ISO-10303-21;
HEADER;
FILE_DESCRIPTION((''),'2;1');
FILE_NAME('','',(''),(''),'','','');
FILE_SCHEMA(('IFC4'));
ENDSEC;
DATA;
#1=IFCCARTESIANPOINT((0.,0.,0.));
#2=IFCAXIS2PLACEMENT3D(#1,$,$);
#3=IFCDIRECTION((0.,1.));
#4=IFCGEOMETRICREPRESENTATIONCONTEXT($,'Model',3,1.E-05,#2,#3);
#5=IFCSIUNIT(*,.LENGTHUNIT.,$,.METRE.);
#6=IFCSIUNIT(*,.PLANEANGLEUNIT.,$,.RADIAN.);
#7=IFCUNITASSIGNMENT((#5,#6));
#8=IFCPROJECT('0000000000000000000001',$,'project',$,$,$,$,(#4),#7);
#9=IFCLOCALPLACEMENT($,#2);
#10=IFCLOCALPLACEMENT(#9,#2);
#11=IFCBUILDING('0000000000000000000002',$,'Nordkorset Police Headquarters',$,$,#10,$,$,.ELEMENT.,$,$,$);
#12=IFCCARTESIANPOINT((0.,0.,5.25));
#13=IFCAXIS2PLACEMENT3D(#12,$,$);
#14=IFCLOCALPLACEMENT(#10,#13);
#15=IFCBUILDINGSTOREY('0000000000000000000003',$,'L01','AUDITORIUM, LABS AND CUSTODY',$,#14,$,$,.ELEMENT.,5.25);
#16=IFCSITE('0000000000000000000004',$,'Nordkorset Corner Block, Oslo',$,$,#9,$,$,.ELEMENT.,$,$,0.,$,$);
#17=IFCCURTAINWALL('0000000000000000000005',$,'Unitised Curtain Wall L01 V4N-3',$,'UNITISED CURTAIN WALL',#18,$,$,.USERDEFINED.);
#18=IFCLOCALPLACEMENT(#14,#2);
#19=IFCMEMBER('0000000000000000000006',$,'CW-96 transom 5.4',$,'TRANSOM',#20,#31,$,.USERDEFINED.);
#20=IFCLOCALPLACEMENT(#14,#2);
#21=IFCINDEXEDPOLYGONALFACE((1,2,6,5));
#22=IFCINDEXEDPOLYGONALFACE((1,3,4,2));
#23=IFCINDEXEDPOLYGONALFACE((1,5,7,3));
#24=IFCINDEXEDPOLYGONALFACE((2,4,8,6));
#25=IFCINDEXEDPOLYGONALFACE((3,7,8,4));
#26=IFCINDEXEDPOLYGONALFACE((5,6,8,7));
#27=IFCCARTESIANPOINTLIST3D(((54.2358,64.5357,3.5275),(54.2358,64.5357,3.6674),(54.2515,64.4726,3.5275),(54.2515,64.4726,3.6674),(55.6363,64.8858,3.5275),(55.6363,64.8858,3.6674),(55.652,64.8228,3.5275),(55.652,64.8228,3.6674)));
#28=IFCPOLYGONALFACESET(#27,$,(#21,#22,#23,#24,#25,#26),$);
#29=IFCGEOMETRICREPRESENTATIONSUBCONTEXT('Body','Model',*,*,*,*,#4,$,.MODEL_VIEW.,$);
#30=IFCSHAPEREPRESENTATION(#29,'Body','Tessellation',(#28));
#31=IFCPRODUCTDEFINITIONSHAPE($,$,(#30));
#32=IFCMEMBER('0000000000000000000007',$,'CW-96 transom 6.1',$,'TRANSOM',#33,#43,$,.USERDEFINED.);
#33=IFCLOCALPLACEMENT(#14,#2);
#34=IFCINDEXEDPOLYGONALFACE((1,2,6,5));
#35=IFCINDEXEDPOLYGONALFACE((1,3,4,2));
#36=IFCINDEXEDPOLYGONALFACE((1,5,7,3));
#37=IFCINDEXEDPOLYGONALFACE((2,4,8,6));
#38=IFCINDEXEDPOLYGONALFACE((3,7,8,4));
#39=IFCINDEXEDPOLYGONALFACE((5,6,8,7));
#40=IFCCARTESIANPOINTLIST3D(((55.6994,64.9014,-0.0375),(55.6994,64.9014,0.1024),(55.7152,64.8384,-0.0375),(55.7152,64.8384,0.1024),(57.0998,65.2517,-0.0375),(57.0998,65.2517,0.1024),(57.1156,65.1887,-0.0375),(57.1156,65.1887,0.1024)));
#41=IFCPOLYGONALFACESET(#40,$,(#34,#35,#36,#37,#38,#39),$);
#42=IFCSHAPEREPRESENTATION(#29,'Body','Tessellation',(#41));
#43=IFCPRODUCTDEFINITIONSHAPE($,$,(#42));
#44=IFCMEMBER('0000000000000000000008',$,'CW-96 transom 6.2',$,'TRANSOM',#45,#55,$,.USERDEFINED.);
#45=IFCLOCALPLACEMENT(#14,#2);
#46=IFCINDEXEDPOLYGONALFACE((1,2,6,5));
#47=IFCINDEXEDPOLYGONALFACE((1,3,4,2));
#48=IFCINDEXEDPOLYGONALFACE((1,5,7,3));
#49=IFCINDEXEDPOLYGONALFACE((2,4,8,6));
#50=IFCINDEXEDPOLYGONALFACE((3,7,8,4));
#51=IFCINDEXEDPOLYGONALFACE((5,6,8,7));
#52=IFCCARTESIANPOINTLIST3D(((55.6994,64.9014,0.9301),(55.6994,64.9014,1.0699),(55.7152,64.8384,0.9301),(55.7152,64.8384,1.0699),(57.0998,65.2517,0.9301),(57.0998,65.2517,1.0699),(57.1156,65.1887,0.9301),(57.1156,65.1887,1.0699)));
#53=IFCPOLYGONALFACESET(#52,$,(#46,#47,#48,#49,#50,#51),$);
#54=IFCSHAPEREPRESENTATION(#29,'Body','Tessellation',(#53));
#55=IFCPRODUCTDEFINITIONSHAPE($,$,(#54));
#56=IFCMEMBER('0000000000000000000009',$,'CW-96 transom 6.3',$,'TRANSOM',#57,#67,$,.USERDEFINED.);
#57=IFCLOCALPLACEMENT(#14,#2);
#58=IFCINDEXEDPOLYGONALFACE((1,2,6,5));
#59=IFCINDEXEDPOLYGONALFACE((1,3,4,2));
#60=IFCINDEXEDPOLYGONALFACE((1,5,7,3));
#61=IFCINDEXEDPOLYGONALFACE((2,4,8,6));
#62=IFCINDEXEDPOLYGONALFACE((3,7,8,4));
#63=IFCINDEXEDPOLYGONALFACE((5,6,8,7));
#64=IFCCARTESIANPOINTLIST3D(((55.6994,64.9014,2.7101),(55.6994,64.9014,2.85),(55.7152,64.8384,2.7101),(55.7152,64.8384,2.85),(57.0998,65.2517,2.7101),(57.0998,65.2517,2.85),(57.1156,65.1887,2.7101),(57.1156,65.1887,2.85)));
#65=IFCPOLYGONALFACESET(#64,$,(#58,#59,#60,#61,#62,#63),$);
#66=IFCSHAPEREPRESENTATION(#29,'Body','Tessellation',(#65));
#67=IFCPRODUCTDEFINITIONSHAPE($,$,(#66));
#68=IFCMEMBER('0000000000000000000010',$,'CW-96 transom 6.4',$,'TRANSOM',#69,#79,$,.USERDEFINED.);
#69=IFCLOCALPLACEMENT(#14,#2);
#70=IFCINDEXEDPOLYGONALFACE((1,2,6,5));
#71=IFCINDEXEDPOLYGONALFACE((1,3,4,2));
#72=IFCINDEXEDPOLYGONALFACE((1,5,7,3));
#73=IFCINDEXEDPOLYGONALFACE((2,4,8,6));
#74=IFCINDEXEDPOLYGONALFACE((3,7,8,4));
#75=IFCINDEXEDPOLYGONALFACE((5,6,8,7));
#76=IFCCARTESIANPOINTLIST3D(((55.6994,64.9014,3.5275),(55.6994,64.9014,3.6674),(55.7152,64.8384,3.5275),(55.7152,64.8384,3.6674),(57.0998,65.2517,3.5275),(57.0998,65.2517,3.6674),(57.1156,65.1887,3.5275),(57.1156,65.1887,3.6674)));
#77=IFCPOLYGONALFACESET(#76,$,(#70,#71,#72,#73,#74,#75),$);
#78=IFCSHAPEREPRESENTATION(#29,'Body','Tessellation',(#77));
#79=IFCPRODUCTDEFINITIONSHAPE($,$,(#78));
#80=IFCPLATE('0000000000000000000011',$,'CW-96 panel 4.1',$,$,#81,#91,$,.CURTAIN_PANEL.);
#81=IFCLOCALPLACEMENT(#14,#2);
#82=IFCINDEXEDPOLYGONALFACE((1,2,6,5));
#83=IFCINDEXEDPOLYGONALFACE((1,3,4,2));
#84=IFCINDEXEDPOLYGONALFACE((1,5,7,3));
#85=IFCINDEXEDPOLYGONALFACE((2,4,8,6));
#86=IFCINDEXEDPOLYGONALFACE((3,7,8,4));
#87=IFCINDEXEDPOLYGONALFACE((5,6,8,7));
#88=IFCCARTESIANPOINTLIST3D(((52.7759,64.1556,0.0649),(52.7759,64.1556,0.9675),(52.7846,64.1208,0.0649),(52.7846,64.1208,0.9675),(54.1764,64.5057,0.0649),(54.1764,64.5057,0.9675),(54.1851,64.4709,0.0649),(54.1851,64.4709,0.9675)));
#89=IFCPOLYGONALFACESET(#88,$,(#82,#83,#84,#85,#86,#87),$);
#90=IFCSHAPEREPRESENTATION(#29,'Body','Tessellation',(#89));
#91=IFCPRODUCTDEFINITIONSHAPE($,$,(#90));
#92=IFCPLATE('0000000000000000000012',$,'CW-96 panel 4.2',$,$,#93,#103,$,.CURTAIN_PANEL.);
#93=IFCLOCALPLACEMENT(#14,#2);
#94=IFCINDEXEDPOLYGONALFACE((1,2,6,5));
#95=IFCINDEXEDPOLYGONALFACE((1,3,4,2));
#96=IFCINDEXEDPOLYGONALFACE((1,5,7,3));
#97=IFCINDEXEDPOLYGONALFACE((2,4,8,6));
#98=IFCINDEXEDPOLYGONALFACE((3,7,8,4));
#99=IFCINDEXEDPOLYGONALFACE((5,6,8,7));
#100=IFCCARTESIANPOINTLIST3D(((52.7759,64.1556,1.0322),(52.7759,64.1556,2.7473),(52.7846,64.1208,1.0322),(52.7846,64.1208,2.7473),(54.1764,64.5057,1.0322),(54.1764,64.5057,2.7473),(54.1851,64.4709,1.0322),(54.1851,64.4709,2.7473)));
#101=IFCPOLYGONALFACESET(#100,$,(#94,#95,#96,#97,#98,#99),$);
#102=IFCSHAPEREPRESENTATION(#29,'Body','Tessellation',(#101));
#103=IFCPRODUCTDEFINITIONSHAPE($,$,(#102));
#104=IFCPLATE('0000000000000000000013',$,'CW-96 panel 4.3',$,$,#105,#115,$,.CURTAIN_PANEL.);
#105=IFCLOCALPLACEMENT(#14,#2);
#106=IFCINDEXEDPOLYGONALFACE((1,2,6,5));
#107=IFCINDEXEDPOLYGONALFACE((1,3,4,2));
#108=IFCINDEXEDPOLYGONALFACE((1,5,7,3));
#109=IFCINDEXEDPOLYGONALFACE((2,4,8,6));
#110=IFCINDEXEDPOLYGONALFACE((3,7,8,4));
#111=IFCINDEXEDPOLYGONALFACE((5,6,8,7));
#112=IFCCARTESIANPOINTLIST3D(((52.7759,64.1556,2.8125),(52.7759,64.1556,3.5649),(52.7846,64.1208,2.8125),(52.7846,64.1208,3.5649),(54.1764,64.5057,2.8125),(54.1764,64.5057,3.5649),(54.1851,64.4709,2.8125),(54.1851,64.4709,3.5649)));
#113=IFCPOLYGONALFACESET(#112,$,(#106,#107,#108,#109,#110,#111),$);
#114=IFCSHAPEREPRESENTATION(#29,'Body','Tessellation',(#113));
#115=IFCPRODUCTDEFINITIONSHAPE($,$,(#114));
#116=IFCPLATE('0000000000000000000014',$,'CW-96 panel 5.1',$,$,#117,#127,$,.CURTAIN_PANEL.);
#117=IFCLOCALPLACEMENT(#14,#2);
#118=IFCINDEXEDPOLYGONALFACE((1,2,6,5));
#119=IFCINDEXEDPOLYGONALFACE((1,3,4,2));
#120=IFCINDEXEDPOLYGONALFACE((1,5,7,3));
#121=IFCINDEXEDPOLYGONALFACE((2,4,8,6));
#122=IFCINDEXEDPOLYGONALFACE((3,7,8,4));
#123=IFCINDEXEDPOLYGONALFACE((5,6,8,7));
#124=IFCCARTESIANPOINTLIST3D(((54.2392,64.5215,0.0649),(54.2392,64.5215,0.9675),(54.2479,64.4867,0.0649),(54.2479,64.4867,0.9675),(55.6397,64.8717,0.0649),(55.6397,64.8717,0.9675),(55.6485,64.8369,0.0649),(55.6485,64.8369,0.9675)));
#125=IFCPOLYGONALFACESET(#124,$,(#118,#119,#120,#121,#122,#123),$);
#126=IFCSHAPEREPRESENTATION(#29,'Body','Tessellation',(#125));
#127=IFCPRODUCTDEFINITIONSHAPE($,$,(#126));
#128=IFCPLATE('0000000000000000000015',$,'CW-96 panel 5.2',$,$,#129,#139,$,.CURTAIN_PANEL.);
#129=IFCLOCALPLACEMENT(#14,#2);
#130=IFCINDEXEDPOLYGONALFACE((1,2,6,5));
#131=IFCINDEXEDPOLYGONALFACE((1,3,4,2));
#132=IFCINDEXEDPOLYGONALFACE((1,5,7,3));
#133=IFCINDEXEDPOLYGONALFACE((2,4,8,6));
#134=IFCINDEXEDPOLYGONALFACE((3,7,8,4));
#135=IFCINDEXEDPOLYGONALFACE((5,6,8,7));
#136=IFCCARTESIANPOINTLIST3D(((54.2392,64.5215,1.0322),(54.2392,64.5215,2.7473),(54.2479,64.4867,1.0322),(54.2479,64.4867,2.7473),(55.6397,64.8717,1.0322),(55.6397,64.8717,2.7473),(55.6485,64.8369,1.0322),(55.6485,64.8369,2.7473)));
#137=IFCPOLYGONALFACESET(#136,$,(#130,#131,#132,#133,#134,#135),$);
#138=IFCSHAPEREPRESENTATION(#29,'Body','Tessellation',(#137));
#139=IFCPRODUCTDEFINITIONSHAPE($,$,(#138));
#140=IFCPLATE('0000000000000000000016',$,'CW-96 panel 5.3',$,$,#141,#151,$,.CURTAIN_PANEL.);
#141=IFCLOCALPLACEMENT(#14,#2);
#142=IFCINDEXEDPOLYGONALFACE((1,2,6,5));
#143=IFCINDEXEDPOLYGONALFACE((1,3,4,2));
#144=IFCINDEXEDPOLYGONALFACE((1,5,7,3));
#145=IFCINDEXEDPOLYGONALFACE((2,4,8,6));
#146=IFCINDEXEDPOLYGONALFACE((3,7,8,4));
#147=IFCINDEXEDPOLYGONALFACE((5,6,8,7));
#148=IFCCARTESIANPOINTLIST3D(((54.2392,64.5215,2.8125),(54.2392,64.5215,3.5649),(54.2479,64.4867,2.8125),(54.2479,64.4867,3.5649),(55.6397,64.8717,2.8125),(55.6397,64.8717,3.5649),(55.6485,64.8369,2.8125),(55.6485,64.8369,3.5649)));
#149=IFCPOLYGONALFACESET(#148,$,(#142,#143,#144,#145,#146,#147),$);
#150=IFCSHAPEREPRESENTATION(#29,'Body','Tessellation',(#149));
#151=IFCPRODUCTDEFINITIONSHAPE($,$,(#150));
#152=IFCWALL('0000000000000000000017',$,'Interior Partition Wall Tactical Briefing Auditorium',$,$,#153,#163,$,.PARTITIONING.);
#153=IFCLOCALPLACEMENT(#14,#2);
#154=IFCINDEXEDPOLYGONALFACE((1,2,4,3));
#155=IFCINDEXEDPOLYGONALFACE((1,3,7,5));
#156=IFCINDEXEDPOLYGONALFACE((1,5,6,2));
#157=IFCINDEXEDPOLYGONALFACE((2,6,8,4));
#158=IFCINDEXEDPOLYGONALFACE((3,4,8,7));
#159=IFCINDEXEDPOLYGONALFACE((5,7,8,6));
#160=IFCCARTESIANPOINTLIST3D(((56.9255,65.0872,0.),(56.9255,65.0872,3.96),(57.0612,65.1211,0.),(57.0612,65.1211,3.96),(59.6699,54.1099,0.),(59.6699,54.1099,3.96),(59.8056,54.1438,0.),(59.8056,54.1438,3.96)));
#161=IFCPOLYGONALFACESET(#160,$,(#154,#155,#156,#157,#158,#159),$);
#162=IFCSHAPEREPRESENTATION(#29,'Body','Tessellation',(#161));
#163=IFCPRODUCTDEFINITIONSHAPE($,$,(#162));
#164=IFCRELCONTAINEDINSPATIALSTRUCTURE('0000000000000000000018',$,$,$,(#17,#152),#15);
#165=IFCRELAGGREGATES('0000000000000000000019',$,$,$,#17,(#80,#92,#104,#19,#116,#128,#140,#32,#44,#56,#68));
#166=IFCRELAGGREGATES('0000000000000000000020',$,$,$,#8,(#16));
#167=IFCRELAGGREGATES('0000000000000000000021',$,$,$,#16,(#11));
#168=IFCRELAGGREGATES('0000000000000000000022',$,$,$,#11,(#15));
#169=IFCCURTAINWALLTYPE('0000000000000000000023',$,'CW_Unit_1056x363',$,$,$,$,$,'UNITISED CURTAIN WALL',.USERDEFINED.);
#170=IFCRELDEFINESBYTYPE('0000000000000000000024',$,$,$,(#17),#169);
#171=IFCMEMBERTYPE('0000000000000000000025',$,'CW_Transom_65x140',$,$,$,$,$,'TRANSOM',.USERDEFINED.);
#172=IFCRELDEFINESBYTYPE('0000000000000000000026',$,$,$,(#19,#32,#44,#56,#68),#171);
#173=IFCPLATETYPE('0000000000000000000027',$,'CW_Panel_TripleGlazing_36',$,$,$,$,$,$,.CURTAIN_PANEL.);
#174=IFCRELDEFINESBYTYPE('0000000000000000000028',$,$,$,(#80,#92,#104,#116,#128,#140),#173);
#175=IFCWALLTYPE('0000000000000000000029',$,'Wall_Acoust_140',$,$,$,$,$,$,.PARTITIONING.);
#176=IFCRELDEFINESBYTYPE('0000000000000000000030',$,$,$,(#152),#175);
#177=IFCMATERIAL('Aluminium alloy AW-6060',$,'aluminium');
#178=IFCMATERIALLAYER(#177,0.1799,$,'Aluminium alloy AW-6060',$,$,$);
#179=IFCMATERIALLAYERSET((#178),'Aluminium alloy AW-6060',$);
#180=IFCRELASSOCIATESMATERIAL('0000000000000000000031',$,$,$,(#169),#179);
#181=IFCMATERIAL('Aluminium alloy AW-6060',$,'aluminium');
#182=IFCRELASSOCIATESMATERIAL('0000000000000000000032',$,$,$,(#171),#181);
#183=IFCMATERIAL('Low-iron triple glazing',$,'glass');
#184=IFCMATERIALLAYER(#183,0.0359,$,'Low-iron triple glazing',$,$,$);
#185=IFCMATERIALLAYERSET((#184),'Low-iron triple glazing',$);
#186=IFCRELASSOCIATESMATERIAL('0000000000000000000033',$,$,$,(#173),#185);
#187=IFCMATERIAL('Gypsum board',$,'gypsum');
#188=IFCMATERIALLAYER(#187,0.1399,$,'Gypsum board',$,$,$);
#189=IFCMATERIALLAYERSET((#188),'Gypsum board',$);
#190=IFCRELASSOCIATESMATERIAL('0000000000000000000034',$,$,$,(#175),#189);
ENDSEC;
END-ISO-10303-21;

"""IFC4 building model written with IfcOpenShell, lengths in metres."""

from ifc_helpers import new_model, si_unit, direction, frame, frame_2d, origin, origin_2d, place, context, subcontext, project, spatial, rectangle, extrude, material, layer, layer_set, material_profile, profile_set, type_object, element, aggregate, save


model = new_model("IFC4")

# Units and contexts
model_context = context("Model", 3, precision=1e-05, world=origin(), true_north=direction((0.0, 1.0)))
body_context = subcontext(model_context, "Body", "Model", "MODEL_VIEW")
ifc_project = project(units=[si_unit("LENGTHUNIT", "METRE"), si_unit("PLANEANGLEUNIT", "RADIAN")], contexts=[model_context])

# Site, building, storey
site_placement = place(None, origin())
site = spatial("IfcSite", under=ifc_project, at=site_placement, Name="Nordkorset Corner Block, Oslo", CompositionType="ELEMENT", RefElevation=0.0)
building_placement = place(site_placement, origin())
building = spatial("IfcBuilding", under=site, at=building_placement, Name="Nordkorset Police Headquarters", CompositionType="ELEMENT")
storey_placement = place(building_placement, frame((0.0, 0.0, 5.25)))
storey = spatial("IfcBuildingStorey", under=building, at=storey_placement, Name="L01", Description="AUDITORIUM, LABS AND CUSTODY", CompositionType="ELEMENT", Elevation=5.25)

# Curtain wall
ifc_material_1 = material(Name="Aluminium alloy AW-6060", Category="aluminium")
ifc_layer_1 = layer(ifc_material_1, 0.1799, Name="Aluminium alloy AW-6060")
ifc_layer_set_1 = layer_set([ifc_layer_1], Name="Aluminium alloy AW-6060")
curtain_wall_type = type_object("IfcCurtainWallType", Name="CW_Unit_1056x363", ElementType="UNITISED CURTAIN WALL", PredefinedType="USERDEFINED", material=ifc_layer_set_1)
curtain_wall_1_placement = place(storey_placement, origin())
curtain_wall_1 = element("IfcCurtainWall", 1, at=curtain_wall_1_placement, inside=storey, type_object=curtain_wall_type, Name="Unitised Curtain Wall L01 V4N-3", ObjectType="UNITISED CURTAIN WALL", PredefinedType="USERDEFINED")

# Shared definitions
ifc_material_2 = material(Name="Aluminium alloy AW-6060", Category="aluminium")
ifc_material_profile_1 = material_profile(ifc_material_2, rectangle(XDim=0.0649, YDim=0.1399, at=origin_2d()), Name="ALU TRAN 65x140")
ifc_profile_set_1 = profile_set([ifc_material_profile_1], Name="Aluminium alloy AW-6060")
member_type_1 = type_object("IfcMemberType", Name="CW_Transom_65x140", ElementType="TRANSOM", PredefinedType="USERDEFINED", material=ifc_profile_set_1)

# Members
member_1_placement = place(storey_placement, frame((54.2437, 64.5042, 3.5974), z_axis=(0.970143, 0.242536, 0.0), x_axis=(-0.242536, 0.970143, 0.0)))
member_1 = element("IfcMember", 2, at=member_1_placement, type_object=member_type_1, Name="CW-96 transom 5.4", ObjectType="TRANSOM", PredefinedType="USERDEFINED", context=body_context, shape_type="SweptSolid", body=[
    extrude(rectangle(XDim=0.0649, YDim=0.1399, at=origin_2d()), origin(), (0.0, 0.0, 1.0), 1.4436),
])
member_2_placement = place(storey_placement, frame((55.7073, 64.8699, 0.0325), z_axis=(0.970103, 0.242695, 0.0), x_axis=(-0.242695, 0.970103, 0.0)))
member_2 = element("IfcMember", 3, at=member_2_placement, type_object=member_type_1, Name="CW-96 transom 6.1", ObjectType="TRANSOM", PredefinedType="USERDEFINED", context=body_context, shape_type="SweptSolid", body=[
    extrude(rectangle(XDim=0.0649, YDim=0.1399, at=origin_2d()), origin(), (0.0, 0.0, 1.0), 1.4436),
])
member_3_placement = place(storey_placement, frame((55.7073, 64.8699, 1.0), z_axis=(0.970103, 0.242695, 0.0), x_axis=(-0.242695, 0.970103, 0.0)))
member_3 = element("IfcMember", 4, at=member_3_placement, type_object=member_type_1, Name="CW-96 transom 6.2", ObjectType="TRANSOM", PredefinedType="USERDEFINED", context=body_context, shape_type="SweptSolid", body=[
    extrude(rectangle(XDim=0.0649, YDim=0.1399, at=origin_2d()), origin(), (0.0, 0.0, 1.0), 1.4436),
])
member_4_placement = place(storey_placement, frame((55.7073, 64.8699, 2.78), z_axis=(0.970103, 0.242695, 0.0), x_axis=(-0.242695, 0.970103, 0.0)))
member_4 = element("IfcMember", 5, at=member_4_placement, type_object=member_type_1, Name="CW-96 transom 6.3", ObjectType="TRANSOM", PredefinedType="USERDEFINED", context=body_context, shape_type="SweptSolid", body=[
    extrude(rectangle(XDim=0.0649, YDim=0.1399, at=origin_2d()), origin(), (0.0, 0.0, 1.0), 1.4436),
])
member_5_placement = place(storey_placement, frame((55.7073, 64.8699, 3.5974), z_axis=(0.970103, 0.242695, 0.0), x_axis=(-0.242695, 0.970103, 0.0)))
member_5 = element("IfcMember", 6, at=member_5_placement, type_object=member_type_1, Name="CW-96 transom 6.4", ObjectType="TRANSOM", PredefinedType="USERDEFINED", context=body_context, shape_type="SweptSolid", body=[
    extrude(rectangle(XDim=0.0649, YDim=0.1399, at=origin_2d()), origin(), (0.0, 0.0, 1.0), 1.4436),
])

# Plates
ifc_material_3 = material(Name="Low-iron triple glazing", Category="glass")
ifc_layer_2 = layer(ifc_material_3, 0.0359, Name="Low-iron triple glazing")
ifc_layer_set_2 = layer_set([ifc_layer_2], Name="Low-iron triple glazing")
plate_type = type_object("IfcPlateType", Name="CW_Panel_TripleGlazing_36", PredefinedType="CURTAIN_PANEL", material=ifc_layer_set_2)
plate_1_placement = place(storey_placement, frame((53.4805, 64.3132, 0.0649), z_axis=(0.0, 0.0, 1.0), x_axis=(0.970142, 0.242536, 0.0)))
plate_1 = element("IfcPlate", 7, at=plate_1_placement, type_object=plate_type, Name="CW-96 panel 4.1", PredefinedType="CURTAIN_PANEL", context=body_context, shape_type="SweptSolid", body=[
    extrude(rectangle(XDim=1.4436, YDim=0.0359, at=origin_2d()), origin(), (0.0, 0.0, 1.0), 0.9026),
])
plate_2_placement = place(storey_placement, frame((53.4805, 64.3132, 1.0322), z_axis=(0.0, 0.0, 1.0), x_axis=(0.970142, 0.242536, 0.0)))
plate_2 = element("IfcPlate", 8, at=plate_2_placement, type_object=plate_type, Name="CW-96 panel 4.2", PredefinedType="CURTAIN_PANEL", context=body_context, shape_type="SweptSolid", body=[
    extrude(rectangle(XDim=1.4436, YDim=0.0359, at=origin_2d()), origin(), (0.0, 0.0, 1.0), 1.7151),
])
plate_3_placement = place(storey_placement, frame((53.4805, 64.3132, 2.8125), z_axis=(0.0, 0.0, 1.0), x_axis=(0.970142, 0.242536, 0.0)))
plate_3 = element("IfcPlate", 9, at=plate_3_placement, type_object=plate_type, Name="CW-96 panel 4.3", PredefinedType="CURTAIN_PANEL", context=body_context, shape_type="SweptSolid", body=[
    extrude(rectangle(XDim=1.4436, YDim=0.0359, at=origin_2d()), origin(), (0.0, 0.0, 1.0), 0.7524),
])
plate_4_placement = place(storey_placement, frame((54.9438, 64.6792, 0.0649), z_axis=(0.0, 0.0, 1.0), x_axis=(0.970142, 0.242536, 0.0)))
plate_4 = element("IfcPlate", 10, at=plate_4_placement, type_object=plate_type, Name="CW-96 panel 5.1", PredefinedType="CURTAIN_PANEL", context=body_context, shape_type="SweptSolid", body=[
    extrude(rectangle(XDim=1.4436, YDim=0.0359, at=origin_2d()), origin(), (0.0, 0.0, 1.0), 0.9026),
])
plate_5_placement = place(storey_placement, frame((54.9438, 64.6792, 1.0322), z_axis=(0.0, 0.0, 1.0), x_axis=(0.970142, 0.242536, 0.0)))
plate_5 = element("IfcPlate", 11, at=plate_5_placement, type_object=plate_type, Name="CW-96 panel 5.2", PredefinedType="CURTAIN_PANEL", context=body_context, shape_type="SweptSolid", body=[
    extrude(rectangle(XDim=1.4436, YDim=0.0359, at=origin_2d()), origin(), (0.0, 0.0, 1.0), 1.7151),
])
plate_6_placement = place(storey_placement, frame((54.9438, 64.6792, 2.8125), z_axis=(0.0, 0.0, 1.0), x_axis=(0.970142, 0.242536, 0.0)))
plate_6 = element("IfcPlate", 12, at=plate_6_placement, type_object=plate_type, Name="CW-96 panel 5.3", PredefinedType="CURTAIN_PANEL", context=body_context, shape_type="SweptSolid", body=[
    extrude(rectangle(XDim=1.4436, YDim=0.0359, at=origin_2d()), origin(), (0.0, 0.0, 1.0), 0.7524),
])
aggregate(curtain_wall_1, [plate_1, plate_2, plate_3, member_1, plate_4, plate_5, plate_6, member_2, member_3, member_4, member_5])

# Wall
ifc_material_4 = material(Name="Gypsum board", Category="gypsum")
ifc_layer_3 = layer(ifc_material_4, 0.1399, Name="Gypsum board")
ifc_layer_set_3 = layer_set([ifc_layer_3], Name="Gypsum board")
wall_type_1 = type_object("IfcWallType", Name="Wall_Acoust_140", PredefinedType="PARTITIONING", material=ifc_layer_set_3)
wall_1_placement = place(storey_placement, frame((59.7378, 54.1267, 0.0), z_axis=(0.0, 0.0, 1.0), x_axis=(-0.242541, 0.970141, 0.0)))
element("IfcWall", 13, at=wall_1_placement, inside=storey, type_object=wall_type_1, Name="Interior Partition Wall Tactical Briefing Auditorium", PredefinedType="PARTITIONING", context=body_context, shape_type="SweptSolid", body=[
    extrude(rectangle(XDim=11.3152, YDim=0.1399, at=frame_2d((5.6577, 0.0))), origin(), (0.0, 0.0, 1.0), 3.96),
])

save(model, "model.ifc")
